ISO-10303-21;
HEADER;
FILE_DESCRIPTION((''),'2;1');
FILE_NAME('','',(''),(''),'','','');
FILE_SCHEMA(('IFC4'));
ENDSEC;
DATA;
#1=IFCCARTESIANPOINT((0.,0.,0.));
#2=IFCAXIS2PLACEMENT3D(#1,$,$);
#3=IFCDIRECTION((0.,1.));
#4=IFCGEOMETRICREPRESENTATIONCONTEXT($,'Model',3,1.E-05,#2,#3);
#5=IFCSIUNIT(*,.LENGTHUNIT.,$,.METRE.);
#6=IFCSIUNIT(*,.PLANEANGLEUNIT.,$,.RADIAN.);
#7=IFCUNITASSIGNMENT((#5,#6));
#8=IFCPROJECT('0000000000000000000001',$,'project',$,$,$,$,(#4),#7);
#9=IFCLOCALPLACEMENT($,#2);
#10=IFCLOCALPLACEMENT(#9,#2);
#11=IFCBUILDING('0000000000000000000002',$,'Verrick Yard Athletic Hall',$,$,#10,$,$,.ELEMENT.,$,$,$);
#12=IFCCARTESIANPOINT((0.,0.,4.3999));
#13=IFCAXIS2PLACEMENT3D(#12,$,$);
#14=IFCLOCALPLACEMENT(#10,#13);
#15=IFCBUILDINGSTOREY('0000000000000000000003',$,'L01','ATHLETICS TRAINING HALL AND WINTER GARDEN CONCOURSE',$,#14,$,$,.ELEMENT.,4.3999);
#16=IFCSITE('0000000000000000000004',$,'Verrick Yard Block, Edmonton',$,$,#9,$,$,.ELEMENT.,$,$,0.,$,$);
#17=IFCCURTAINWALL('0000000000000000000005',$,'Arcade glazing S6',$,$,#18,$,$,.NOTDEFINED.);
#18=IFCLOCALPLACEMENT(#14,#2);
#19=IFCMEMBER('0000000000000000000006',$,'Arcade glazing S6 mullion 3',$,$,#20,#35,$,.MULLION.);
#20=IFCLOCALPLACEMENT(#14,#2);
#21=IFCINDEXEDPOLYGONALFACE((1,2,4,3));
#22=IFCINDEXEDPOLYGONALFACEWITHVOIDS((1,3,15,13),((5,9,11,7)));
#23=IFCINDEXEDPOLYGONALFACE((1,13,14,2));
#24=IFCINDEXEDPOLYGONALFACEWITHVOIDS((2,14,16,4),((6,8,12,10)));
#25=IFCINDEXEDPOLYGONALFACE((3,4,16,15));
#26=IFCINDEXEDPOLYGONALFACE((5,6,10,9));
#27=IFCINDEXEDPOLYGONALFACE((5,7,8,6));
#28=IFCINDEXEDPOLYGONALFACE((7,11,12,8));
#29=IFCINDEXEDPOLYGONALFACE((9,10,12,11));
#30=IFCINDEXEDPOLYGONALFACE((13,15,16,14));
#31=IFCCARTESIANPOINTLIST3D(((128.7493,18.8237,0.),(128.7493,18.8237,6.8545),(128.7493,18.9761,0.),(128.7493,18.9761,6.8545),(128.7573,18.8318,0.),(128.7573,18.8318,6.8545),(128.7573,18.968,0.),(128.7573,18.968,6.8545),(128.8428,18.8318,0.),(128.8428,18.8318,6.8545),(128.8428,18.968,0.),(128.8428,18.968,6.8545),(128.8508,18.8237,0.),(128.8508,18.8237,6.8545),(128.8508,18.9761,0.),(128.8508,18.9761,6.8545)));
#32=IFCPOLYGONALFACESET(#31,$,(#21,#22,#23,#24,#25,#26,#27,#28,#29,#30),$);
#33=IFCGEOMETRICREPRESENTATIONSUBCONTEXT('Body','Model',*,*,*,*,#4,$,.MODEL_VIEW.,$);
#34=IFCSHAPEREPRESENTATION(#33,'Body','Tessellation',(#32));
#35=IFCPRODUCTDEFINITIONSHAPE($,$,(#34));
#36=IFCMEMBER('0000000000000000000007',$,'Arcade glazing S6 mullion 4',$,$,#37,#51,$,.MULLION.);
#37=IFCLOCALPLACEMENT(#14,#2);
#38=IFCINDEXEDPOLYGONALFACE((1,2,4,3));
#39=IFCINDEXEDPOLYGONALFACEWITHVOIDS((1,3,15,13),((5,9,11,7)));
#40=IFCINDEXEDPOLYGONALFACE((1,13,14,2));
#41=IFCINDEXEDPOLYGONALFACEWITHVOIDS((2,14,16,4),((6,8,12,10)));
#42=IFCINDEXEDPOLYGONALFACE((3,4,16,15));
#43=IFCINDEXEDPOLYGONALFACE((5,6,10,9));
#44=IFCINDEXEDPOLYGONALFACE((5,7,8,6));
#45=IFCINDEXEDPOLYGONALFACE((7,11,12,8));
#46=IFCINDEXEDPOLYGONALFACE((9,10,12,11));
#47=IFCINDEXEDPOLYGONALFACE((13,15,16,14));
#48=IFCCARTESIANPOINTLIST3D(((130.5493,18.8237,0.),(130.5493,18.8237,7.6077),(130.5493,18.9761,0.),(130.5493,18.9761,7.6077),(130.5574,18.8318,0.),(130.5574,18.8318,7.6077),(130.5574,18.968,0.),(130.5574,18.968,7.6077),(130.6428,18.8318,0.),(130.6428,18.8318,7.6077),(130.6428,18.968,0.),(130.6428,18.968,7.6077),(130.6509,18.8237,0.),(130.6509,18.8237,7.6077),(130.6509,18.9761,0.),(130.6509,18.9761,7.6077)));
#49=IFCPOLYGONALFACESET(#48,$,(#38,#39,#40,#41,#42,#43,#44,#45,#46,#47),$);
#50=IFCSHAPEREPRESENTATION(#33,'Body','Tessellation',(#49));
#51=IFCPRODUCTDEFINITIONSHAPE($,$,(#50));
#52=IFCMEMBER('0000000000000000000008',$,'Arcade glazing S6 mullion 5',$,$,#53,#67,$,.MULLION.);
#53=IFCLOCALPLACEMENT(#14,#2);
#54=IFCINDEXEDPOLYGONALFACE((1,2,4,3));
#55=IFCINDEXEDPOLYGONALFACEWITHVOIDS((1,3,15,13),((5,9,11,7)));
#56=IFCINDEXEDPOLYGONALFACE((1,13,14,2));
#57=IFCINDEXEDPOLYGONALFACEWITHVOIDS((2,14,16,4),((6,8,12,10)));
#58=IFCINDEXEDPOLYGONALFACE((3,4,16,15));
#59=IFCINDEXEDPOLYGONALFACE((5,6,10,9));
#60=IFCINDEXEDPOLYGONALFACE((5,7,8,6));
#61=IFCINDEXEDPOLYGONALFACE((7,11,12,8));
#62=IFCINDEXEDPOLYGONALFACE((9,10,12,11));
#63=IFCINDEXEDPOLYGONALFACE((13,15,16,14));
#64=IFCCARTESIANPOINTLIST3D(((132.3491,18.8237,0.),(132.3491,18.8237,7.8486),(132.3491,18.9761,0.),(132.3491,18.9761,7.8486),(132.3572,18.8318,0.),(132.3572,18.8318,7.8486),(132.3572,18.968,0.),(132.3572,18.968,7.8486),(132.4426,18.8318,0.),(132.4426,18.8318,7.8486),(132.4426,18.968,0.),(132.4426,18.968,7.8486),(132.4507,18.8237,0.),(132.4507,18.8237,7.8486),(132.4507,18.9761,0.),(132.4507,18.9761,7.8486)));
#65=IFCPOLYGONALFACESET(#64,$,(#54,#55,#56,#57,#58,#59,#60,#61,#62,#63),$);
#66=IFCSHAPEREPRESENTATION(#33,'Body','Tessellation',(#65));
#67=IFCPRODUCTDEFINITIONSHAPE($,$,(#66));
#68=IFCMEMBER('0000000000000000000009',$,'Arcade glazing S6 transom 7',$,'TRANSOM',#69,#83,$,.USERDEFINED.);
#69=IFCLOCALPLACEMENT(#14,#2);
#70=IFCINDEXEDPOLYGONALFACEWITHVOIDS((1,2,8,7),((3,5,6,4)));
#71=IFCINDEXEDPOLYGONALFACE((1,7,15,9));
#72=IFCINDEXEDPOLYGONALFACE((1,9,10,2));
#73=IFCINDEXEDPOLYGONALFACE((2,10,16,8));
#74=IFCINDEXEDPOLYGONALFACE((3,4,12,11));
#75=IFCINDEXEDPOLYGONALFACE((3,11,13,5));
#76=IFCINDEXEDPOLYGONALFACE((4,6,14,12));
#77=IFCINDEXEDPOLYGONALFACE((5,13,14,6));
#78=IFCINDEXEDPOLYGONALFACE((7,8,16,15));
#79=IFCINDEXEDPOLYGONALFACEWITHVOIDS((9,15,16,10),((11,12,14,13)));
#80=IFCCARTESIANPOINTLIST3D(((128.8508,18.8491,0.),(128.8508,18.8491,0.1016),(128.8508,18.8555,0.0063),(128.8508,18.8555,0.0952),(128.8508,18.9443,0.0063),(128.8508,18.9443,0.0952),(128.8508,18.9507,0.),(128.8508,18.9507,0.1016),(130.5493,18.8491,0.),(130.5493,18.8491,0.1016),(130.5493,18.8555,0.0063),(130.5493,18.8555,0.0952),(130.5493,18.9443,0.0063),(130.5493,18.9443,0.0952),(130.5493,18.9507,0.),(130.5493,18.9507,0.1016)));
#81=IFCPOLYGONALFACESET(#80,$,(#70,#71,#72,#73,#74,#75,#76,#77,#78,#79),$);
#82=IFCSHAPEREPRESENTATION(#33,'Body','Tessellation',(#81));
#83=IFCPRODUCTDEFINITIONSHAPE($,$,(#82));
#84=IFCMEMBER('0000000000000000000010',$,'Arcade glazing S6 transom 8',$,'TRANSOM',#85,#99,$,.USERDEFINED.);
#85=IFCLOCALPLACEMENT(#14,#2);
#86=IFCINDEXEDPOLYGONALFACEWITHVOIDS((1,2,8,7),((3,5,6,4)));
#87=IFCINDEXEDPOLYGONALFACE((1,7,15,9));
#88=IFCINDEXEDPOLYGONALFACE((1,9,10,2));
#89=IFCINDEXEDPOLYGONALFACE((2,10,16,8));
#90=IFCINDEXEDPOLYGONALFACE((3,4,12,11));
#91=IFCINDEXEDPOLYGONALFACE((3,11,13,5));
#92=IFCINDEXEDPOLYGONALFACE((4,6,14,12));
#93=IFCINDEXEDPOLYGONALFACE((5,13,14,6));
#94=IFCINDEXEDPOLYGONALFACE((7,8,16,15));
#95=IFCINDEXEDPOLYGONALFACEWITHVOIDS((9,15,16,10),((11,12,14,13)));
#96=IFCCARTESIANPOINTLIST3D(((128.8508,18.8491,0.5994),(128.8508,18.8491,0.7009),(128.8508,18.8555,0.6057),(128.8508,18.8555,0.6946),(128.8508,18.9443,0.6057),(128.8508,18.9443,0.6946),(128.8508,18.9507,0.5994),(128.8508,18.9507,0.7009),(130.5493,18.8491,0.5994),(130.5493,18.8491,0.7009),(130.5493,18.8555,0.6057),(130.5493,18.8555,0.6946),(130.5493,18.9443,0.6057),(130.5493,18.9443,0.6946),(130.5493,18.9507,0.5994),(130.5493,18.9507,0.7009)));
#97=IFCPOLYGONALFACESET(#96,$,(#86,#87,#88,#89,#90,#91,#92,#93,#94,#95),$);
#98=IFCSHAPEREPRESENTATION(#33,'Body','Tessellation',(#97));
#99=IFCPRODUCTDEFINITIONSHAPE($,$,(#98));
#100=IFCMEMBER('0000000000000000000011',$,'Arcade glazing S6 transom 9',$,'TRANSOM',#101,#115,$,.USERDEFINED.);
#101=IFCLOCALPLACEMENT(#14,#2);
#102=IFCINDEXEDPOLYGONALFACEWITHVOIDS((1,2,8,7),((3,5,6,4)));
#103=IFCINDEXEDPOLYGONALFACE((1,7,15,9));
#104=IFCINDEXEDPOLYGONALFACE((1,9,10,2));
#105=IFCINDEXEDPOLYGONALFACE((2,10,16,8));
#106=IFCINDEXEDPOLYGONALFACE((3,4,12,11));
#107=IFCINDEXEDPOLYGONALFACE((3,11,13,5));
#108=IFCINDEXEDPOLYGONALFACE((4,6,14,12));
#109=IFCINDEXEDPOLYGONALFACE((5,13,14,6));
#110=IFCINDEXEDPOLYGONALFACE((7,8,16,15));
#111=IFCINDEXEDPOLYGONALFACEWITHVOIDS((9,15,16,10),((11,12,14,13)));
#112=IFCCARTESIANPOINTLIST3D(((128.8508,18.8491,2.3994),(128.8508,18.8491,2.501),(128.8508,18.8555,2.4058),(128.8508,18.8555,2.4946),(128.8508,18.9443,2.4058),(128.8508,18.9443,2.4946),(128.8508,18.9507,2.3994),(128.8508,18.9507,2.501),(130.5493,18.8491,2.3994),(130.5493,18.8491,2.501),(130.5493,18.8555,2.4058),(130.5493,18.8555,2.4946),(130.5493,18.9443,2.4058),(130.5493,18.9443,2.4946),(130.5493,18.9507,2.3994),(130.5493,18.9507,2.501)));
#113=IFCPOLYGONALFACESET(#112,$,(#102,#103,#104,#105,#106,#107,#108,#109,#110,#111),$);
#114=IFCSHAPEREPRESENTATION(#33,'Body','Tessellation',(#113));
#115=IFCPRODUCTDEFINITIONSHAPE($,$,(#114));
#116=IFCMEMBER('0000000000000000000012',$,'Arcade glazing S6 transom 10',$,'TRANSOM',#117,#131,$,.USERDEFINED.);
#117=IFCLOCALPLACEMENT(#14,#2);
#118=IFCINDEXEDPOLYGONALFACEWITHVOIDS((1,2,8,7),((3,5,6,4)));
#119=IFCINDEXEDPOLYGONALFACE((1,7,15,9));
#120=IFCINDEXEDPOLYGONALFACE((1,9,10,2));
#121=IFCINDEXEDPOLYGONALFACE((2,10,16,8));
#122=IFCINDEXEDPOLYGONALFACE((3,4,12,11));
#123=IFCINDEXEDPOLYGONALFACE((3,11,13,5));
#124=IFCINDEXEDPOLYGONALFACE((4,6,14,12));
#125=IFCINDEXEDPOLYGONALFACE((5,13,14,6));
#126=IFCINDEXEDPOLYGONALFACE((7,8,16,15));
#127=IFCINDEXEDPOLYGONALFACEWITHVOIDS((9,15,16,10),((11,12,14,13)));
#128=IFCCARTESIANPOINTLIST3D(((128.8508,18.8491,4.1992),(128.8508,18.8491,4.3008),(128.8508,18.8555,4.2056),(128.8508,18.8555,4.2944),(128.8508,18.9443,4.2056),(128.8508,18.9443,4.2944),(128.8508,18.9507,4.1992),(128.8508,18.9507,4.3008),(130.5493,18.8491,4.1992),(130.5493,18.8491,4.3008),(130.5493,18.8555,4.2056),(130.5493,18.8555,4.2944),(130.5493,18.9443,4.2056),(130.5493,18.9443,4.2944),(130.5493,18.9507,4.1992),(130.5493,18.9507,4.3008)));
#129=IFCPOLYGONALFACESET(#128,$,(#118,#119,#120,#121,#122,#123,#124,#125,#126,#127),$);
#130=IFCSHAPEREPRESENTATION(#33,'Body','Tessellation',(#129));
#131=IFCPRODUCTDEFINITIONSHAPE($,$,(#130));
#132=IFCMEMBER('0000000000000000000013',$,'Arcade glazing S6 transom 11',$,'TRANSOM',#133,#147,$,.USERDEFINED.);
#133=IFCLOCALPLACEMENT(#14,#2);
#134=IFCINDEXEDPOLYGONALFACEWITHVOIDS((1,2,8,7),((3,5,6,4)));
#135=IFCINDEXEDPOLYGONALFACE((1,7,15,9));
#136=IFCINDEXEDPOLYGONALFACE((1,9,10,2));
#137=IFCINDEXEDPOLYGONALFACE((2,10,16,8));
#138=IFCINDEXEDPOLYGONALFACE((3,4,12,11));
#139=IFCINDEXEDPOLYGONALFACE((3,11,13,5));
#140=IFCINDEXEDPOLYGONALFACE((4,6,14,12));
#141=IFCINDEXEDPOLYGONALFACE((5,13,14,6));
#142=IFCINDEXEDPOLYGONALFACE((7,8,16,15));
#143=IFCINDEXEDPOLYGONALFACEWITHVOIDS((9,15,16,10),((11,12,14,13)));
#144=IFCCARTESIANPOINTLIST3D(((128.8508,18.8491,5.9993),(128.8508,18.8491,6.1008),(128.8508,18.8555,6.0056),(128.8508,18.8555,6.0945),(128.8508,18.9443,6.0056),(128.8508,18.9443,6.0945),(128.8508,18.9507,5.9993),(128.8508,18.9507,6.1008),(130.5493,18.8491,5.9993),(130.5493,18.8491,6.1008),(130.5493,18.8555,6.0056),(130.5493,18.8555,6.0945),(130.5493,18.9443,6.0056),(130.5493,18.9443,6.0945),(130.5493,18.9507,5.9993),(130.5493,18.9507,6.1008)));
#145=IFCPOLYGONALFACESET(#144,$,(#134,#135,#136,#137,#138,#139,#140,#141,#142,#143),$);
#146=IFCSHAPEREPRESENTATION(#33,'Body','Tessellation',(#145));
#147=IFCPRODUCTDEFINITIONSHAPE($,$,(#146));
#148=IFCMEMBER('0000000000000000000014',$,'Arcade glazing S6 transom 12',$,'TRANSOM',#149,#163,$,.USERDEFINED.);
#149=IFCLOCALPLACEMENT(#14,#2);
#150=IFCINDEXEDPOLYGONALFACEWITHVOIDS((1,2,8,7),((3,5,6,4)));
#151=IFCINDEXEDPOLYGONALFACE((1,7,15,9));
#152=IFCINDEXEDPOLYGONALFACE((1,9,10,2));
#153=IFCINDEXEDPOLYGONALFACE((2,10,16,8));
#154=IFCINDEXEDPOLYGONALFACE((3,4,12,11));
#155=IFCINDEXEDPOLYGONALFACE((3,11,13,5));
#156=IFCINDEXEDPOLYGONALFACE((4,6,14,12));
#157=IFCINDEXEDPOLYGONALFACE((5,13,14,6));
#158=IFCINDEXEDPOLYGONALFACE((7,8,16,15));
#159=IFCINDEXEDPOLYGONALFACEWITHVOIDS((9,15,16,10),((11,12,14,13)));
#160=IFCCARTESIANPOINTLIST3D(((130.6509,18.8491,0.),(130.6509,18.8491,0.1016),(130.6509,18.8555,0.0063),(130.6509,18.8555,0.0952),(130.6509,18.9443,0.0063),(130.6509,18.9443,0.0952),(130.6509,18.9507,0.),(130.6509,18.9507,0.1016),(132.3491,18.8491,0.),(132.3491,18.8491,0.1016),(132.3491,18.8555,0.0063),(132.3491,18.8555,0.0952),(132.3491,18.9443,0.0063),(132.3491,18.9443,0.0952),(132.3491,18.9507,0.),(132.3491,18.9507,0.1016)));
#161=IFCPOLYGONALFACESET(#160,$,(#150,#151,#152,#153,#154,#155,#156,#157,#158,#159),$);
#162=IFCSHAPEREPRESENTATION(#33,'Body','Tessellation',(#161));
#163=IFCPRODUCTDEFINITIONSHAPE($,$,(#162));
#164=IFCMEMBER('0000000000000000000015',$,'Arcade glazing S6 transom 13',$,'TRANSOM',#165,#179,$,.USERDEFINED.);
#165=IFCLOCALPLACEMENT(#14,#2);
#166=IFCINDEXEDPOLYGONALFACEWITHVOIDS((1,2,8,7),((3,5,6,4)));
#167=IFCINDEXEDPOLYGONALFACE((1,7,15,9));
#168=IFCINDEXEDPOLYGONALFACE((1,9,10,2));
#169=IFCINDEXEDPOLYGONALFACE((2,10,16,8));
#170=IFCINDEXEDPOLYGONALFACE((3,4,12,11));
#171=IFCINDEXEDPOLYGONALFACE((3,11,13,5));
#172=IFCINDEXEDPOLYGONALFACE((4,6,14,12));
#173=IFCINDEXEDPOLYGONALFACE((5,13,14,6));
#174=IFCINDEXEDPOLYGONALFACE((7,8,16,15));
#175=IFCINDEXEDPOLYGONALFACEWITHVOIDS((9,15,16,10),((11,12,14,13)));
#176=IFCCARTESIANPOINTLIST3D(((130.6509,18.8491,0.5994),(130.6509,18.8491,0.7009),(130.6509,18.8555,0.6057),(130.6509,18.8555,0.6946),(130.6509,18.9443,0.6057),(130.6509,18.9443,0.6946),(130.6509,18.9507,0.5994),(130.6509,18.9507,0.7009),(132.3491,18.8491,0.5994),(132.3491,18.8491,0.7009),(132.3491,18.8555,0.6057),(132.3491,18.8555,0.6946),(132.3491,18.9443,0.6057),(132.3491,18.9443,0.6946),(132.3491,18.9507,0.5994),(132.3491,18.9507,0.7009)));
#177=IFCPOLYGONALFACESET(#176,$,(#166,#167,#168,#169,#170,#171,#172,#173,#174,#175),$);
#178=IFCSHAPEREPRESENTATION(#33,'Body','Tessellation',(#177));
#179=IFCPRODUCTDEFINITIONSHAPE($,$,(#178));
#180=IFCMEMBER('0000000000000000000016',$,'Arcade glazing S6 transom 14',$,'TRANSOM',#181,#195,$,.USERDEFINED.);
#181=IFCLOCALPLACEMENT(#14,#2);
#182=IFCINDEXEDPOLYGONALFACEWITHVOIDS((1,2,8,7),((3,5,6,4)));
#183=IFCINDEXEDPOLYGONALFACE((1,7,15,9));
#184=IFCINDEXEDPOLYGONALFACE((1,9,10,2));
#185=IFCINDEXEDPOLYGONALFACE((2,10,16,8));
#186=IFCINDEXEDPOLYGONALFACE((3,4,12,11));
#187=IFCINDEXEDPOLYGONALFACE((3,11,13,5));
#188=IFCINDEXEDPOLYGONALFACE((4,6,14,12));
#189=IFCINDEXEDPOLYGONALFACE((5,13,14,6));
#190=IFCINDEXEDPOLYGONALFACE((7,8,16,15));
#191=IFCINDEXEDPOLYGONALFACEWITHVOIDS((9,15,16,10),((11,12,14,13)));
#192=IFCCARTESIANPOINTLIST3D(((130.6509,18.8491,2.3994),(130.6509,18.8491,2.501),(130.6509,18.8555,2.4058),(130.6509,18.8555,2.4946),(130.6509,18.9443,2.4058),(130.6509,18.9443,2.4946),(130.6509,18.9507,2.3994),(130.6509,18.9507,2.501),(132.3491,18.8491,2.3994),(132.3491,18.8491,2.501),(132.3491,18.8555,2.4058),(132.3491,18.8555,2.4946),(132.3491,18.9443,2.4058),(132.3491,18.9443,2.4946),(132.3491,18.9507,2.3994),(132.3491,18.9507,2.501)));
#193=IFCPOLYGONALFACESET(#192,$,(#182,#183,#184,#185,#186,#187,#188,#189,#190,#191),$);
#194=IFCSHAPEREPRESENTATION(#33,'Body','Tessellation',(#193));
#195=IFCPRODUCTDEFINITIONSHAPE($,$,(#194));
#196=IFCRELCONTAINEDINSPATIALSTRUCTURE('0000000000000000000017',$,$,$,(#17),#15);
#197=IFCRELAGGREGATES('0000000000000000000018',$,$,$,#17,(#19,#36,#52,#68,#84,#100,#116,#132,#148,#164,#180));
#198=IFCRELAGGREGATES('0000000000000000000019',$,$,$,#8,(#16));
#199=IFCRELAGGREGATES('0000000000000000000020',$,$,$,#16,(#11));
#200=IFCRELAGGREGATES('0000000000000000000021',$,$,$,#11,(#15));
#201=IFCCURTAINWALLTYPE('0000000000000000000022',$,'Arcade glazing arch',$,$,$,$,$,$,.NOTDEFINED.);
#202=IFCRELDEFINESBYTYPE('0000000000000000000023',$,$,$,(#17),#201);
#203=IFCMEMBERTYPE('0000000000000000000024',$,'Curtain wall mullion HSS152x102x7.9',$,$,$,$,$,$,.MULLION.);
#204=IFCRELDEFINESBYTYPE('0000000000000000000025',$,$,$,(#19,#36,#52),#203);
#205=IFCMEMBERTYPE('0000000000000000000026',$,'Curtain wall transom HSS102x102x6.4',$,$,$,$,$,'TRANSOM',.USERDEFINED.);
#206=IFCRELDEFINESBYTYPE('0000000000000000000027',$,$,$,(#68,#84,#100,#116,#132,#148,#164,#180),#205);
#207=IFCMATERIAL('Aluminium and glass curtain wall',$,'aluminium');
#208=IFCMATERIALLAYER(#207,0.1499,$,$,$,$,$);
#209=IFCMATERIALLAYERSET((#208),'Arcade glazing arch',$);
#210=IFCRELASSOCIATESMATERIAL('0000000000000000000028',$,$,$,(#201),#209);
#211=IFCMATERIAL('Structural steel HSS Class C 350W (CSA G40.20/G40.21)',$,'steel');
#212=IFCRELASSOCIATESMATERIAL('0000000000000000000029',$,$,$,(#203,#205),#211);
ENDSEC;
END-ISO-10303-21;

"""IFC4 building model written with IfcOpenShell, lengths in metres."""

from ifc_helpers import new_model, si_unit, direction, frame, origin, origin_2d, place, context, subcontext, project, spatial, hollow_rectangle, extrude, material, layer, layer_set, material_profile, profile_set, type_object, element, aggregate, save


model = new_model("IFC4")

# Units and contexts
model_context = context("Model", 3, precision=1e-05, world=origin(), true_north=direction((0.0, 1.0)))
body_context = subcontext(model_context, "Body", "Model", "MODEL_VIEW")
ifc_project = project(units=[si_unit("LENGTHUNIT", "METRE"), si_unit("PLANEANGLEUNIT", "RADIAN")], contexts=[model_context])

# Site, building, storey
site_placement = place(None, origin())
site = spatial("IfcSite", under=ifc_project, at=site_placement, Name="Verrick Yard Block, Edmonton", CompositionType="ELEMENT", RefElevation=0.0)
building_placement = place(site_placement, origin())
building = spatial("IfcBuilding", under=site, at=building_placement, Name="Verrick Yard Athletic Hall", CompositionType="ELEMENT")
storey_placement = place(building_placement, frame((0.0, 0.0, 4.3999)))
storey = spatial("IfcBuildingStorey", under=building, at=storey_placement, Name="L01", Description="ATHLETICS TRAINING HALL AND WINTER GARDEN CONCOURSE", CompositionType="ELEMENT", Elevation=4.3999)

# Curtain wall, members
ifc_material_1 = material(Name="Aluminium and glass curtain wall", Category="aluminium")
ifc_layer_1 = layer(ifc_material_1, 0.1499)
ifc_layer_set_1 = layer_set([ifc_layer_1], Name="Arcade glazing arch")
curtain_wall_type = type_object("IfcCurtainWallType", Name="Arcade glazing arch", PredefinedType="NOTDEFINED", material=ifc_layer_set_1)
curtain_wall_placement = place(storey_placement, origin())
curtain_wall = element("IfcCurtainWall", 1, at=curtain_wall_placement, inside=storey, type_object=curtain_wall_type, Name="Arcade glazing S6", PredefinedType="NOTDEFINED")
ifc_material_2 = material(Name="Structural steel HSS Class C 350W (CSA G40.20/G40.21)", Category="steel")
ifc_material_profile_1 = material_profile(ifc_material_2, hollow_rectangle(XDim=0.1016, YDim=0.1523, WallThickness=0.0081, at=origin_2d()), Name="HSS152x102x7.9")
ifc_profile_set_1 = profile_set([ifc_material_profile_1], Name="Structural steel HSS Class C 350W (CSA G40.20/G40.21)")
member_type_1 = type_object("IfcMemberType", Name="Curtain wall mullion HSS152x102x7.9", PredefinedType="MULLION", material=ifc_profile_set_1)
member_1_placement = place(storey_placement, frame((128.8, 18.8999, 0.0), z_axis=(0.0, 0.0, 1.0), x_axis=(1.0, 0.0, 0.0)))
member_1 = element("IfcMember", 2, at=member_1_placement, type_object=member_type_1, Name="Arcade glazing S6 mullion 3", PredefinedType="MULLION", context=body_context, shape_type="SweptSolid", body=[
    extrude(hollow_rectangle(XDim=0.1016, YDim=0.1523, WallThickness=0.0081, at=origin_2d()), origin(), (0.0, 0.0, 1.0), 6.8545),
])
member_2_placement = place(storey_placement, frame((130.6001, 18.8999, 0.0), z_axis=(0.0, 0.0, 1.0), x_axis=(1.0, 0.0, 0.0)))
member_2 = element("IfcMember", 3, at=member_2_placement, type_object=member_type_1, Name="Arcade glazing S6 mullion 4", PredefinedType="MULLION", context=body_context, shape_type="SweptSolid", body=[
    extrude(hollow_rectangle(XDim=0.1016, YDim=0.1523, WallThickness=0.0081, at=origin_2d()), origin(), (0.0, 0.0, 1.0), 7.6077),
])
member_3_placement = place(storey_placement, frame((132.3999, 18.8999, 0.0), z_axis=(0.0, 0.0, 1.0), x_axis=(1.0, 0.0, 0.0)))
member_3 = element("IfcMember", 4, at=member_3_placement, type_object=member_type_1, Name="Arcade glazing S6 mullion 5", PredefinedType="MULLION", context=body_context, shape_type="SweptSolid", body=[
    extrude(hollow_rectangle(XDim=0.1016, YDim=0.1523, WallThickness=0.0081, at=origin_2d()), origin(), (0.0, 0.0, 1.0), 7.8486),
])
ifc_material_profile_2 = material_profile(ifc_material_2, hollow_rectangle(XDim=0.1016, YDim=0.1016, WallThickness=0.0063, at=origin_2d()), Name="HSS102x102x6.4")
ifc_profile_set_2 = profile_set([ifc_material_profile_2], Name="Structural steel HSS Class C 350W (CSA G40.20/G40.21)")
member_type_2 = type_object("IfcMemberType", Name="Curtain wall transom HSS102x102x6.4", ElementType="TRANSOM", PredefinedType="USERDEFINED", material=ifc_profile_set_2)
member_4_placement = place(storey_placement, frame((128.8508, 18.8999, 0.0508), z_axis=(1.0, 0.0, 0.0), x_axis=(0.0, 1.0, 0.0)))
member_4 = element("IfcMember", 5, at=member_4_placement, type_object=member_type_2, Name="Arcade glazing S6 transom 7", ObjectType="TRANSOM", PredefinedType="USERDEFINED", context=body_context, shape_type="SweptSolid", body=[
    extrude(hollow_rectangle(XDim=0.1016, YDim=0.1016, WallThickness=0.0063, at=origin_2d()), origin(), (0.0, 0.0, 1.0), 1.6985),
])
member_5_placement = place(storey_placement, frame((128.8508, 18.8999, 0.6501), z_axis=(1.0, 0.0, 0.0), x_axis=(0.0, 1.0, 0.0)))
member_5 = element("IfcMember", 6, at=member_5_placement, type_object=member_type_2, Name="Arcade glazing S6 transom 8", ObjectType="TRANSOM", PredefinedType="USERDEFINED", context=body_context, shape_type="SweptSolid", body=[
    extrude(hollow_rectangle(XDim=0.1016, YDim=0.1016, WallThickness=0.0063, at=origin_2d()), origin(), (0.0, 0.0, 1.0), 1.6985),
])
member_6_placement = place(storey_placement, frame((128.8508, 18.8999, 2.4502), z_axis=(1.0, 0.0, 0.0), x_axis=(0.0, 1.0, 0.0)))
member_6 = element("IfcMember", 7, at=member_6_placement, type_object=member_type_2, Name="Arcade glazing S6 transom 9", ObjectType="TRANSOM", PredefinedType="USERDEFINED", context=body_context, shape_type="SweptSolid", body=[
    extrude(hollow_rectangle(XDim=0.1016, YDim=0.1016, WallThickness=0.0063, at=origin_2d()), origin(), (0.0, 0.0, 1.0), 1.6985),
])
member_7_placement = place(storey_placement, frame((128.8508, 18.8999, 4.25), z_axis=(1.0, 0.0, 0.0), x_axis=(0.0, 1.0, 0.0)))
member_7 = element("IfcMember", 8, at=member_7_placement, type_object=member_type_2, Name="Arcade glazing S6 transom 10", ObjectType="TRANSOM", PredefinedType="USERDEFINED", context=body_context, shape_type="SweptSolid", body=[
    extrude(hollow_rectangle(XDim=0.1016, YDim=0.1016, WallThickness=0.0063, at=origin_2d()), origin(), (0.0, 0.0, 1.0), 1.6985),
])
member_8_placement = place(storey_placement, frame((128.8508, 18.8999, 6.05), z_axis=(1.0, 0.0, 0.0), x_axis=(0.0, 1.0, 0.0)))
member_8 = element("IfcMember", 9, at=member_8_placement, type_object=member_type_2, Name="Arcade glazing S6 transom 11", ObjectType="TRANSOM", PredefinedType="USERDEFINED", context=body_context, shape_type="SweptSolid", body=[
    extrude(hollow_rectangle(XDim=0.1016, YDim=0.1016, WallThickness=0.0063, at=origin_2d()), origin(), (0.0, 0.0, 1.0), 1.6985),
])
member_9_placement = place(storey_placement, frame((130.6509, 18.8999, 0.0508), z_axis=(1.0, 0.0, 0.0), x_axis=(0.0, 1.0, 0.0)))
member_9 = element("IfcMember", 10, at=member_9_placement, type_object=member_type_2, Name="Arcade glazing S6 transom 12", ObjectType="TRANSOM", PredefinedType="USERDEFINED", context=body_context, shape_type="SweptSolid", body=[
    extrude(hollow_rectangle(XDim=0.1016, YDim=0.1016, WallThickness=0.0063, at=origin_2d()), origin(), (0.0, 0.0, 1.0), 1.6982),
])
member_10_placement = place(storey_placement, frame((130.6509, 18.8999, 0.6501), z_axis=(1.0, 0.0, 0.0), x_axis=(0.0, 1.0, 0.0)))
member_10 = element("IfcMember", 11, at=member_10_placement, type_object=member_type_2, Name="Arcade glazing S6 transom 13", ObjectType="TRANSOM", PredefinedType="USERDEFINED", context=body_context, shape_type="SweptSolid", body=[
    extrude(hollow_rectangle(XDim=0.1016, YDim=0.1016, WallThickness=0.0063, at=origin_2d()), origin(), (0.0, 0.0, 1.0), 1.6982),
])
member_11_placement = place(storey_placement, frame((130.6509, 18.8999, 2.4502), z_axis=(1.0, 0.0, 0.0), x_axis=(0.0, 1.0, 0.0)))
member_11 = element("IfcMember", 12, at=member_11_placement, type_object=member_type_2, Name="Arcade glazing S6 transom 14", ObjectType="TRANSOM", PredefinedType="USERDEFINED", context=body_context, shape_type="SweptSolid", body=[
    extrude(hollow_rectangle(XDim=0.1016, YDim=0.1016, WallThickness=0.0063, at=origin_2d()), origin(), (0.0, 0.0, 1.0), 1.6982),
])
aggregate(curtain_wall, [member_1, member_2, member_3, member_4, member_5, member_6, member_7, member_8, member_9, member_10, member_11])

save(model, "model.ifc")
